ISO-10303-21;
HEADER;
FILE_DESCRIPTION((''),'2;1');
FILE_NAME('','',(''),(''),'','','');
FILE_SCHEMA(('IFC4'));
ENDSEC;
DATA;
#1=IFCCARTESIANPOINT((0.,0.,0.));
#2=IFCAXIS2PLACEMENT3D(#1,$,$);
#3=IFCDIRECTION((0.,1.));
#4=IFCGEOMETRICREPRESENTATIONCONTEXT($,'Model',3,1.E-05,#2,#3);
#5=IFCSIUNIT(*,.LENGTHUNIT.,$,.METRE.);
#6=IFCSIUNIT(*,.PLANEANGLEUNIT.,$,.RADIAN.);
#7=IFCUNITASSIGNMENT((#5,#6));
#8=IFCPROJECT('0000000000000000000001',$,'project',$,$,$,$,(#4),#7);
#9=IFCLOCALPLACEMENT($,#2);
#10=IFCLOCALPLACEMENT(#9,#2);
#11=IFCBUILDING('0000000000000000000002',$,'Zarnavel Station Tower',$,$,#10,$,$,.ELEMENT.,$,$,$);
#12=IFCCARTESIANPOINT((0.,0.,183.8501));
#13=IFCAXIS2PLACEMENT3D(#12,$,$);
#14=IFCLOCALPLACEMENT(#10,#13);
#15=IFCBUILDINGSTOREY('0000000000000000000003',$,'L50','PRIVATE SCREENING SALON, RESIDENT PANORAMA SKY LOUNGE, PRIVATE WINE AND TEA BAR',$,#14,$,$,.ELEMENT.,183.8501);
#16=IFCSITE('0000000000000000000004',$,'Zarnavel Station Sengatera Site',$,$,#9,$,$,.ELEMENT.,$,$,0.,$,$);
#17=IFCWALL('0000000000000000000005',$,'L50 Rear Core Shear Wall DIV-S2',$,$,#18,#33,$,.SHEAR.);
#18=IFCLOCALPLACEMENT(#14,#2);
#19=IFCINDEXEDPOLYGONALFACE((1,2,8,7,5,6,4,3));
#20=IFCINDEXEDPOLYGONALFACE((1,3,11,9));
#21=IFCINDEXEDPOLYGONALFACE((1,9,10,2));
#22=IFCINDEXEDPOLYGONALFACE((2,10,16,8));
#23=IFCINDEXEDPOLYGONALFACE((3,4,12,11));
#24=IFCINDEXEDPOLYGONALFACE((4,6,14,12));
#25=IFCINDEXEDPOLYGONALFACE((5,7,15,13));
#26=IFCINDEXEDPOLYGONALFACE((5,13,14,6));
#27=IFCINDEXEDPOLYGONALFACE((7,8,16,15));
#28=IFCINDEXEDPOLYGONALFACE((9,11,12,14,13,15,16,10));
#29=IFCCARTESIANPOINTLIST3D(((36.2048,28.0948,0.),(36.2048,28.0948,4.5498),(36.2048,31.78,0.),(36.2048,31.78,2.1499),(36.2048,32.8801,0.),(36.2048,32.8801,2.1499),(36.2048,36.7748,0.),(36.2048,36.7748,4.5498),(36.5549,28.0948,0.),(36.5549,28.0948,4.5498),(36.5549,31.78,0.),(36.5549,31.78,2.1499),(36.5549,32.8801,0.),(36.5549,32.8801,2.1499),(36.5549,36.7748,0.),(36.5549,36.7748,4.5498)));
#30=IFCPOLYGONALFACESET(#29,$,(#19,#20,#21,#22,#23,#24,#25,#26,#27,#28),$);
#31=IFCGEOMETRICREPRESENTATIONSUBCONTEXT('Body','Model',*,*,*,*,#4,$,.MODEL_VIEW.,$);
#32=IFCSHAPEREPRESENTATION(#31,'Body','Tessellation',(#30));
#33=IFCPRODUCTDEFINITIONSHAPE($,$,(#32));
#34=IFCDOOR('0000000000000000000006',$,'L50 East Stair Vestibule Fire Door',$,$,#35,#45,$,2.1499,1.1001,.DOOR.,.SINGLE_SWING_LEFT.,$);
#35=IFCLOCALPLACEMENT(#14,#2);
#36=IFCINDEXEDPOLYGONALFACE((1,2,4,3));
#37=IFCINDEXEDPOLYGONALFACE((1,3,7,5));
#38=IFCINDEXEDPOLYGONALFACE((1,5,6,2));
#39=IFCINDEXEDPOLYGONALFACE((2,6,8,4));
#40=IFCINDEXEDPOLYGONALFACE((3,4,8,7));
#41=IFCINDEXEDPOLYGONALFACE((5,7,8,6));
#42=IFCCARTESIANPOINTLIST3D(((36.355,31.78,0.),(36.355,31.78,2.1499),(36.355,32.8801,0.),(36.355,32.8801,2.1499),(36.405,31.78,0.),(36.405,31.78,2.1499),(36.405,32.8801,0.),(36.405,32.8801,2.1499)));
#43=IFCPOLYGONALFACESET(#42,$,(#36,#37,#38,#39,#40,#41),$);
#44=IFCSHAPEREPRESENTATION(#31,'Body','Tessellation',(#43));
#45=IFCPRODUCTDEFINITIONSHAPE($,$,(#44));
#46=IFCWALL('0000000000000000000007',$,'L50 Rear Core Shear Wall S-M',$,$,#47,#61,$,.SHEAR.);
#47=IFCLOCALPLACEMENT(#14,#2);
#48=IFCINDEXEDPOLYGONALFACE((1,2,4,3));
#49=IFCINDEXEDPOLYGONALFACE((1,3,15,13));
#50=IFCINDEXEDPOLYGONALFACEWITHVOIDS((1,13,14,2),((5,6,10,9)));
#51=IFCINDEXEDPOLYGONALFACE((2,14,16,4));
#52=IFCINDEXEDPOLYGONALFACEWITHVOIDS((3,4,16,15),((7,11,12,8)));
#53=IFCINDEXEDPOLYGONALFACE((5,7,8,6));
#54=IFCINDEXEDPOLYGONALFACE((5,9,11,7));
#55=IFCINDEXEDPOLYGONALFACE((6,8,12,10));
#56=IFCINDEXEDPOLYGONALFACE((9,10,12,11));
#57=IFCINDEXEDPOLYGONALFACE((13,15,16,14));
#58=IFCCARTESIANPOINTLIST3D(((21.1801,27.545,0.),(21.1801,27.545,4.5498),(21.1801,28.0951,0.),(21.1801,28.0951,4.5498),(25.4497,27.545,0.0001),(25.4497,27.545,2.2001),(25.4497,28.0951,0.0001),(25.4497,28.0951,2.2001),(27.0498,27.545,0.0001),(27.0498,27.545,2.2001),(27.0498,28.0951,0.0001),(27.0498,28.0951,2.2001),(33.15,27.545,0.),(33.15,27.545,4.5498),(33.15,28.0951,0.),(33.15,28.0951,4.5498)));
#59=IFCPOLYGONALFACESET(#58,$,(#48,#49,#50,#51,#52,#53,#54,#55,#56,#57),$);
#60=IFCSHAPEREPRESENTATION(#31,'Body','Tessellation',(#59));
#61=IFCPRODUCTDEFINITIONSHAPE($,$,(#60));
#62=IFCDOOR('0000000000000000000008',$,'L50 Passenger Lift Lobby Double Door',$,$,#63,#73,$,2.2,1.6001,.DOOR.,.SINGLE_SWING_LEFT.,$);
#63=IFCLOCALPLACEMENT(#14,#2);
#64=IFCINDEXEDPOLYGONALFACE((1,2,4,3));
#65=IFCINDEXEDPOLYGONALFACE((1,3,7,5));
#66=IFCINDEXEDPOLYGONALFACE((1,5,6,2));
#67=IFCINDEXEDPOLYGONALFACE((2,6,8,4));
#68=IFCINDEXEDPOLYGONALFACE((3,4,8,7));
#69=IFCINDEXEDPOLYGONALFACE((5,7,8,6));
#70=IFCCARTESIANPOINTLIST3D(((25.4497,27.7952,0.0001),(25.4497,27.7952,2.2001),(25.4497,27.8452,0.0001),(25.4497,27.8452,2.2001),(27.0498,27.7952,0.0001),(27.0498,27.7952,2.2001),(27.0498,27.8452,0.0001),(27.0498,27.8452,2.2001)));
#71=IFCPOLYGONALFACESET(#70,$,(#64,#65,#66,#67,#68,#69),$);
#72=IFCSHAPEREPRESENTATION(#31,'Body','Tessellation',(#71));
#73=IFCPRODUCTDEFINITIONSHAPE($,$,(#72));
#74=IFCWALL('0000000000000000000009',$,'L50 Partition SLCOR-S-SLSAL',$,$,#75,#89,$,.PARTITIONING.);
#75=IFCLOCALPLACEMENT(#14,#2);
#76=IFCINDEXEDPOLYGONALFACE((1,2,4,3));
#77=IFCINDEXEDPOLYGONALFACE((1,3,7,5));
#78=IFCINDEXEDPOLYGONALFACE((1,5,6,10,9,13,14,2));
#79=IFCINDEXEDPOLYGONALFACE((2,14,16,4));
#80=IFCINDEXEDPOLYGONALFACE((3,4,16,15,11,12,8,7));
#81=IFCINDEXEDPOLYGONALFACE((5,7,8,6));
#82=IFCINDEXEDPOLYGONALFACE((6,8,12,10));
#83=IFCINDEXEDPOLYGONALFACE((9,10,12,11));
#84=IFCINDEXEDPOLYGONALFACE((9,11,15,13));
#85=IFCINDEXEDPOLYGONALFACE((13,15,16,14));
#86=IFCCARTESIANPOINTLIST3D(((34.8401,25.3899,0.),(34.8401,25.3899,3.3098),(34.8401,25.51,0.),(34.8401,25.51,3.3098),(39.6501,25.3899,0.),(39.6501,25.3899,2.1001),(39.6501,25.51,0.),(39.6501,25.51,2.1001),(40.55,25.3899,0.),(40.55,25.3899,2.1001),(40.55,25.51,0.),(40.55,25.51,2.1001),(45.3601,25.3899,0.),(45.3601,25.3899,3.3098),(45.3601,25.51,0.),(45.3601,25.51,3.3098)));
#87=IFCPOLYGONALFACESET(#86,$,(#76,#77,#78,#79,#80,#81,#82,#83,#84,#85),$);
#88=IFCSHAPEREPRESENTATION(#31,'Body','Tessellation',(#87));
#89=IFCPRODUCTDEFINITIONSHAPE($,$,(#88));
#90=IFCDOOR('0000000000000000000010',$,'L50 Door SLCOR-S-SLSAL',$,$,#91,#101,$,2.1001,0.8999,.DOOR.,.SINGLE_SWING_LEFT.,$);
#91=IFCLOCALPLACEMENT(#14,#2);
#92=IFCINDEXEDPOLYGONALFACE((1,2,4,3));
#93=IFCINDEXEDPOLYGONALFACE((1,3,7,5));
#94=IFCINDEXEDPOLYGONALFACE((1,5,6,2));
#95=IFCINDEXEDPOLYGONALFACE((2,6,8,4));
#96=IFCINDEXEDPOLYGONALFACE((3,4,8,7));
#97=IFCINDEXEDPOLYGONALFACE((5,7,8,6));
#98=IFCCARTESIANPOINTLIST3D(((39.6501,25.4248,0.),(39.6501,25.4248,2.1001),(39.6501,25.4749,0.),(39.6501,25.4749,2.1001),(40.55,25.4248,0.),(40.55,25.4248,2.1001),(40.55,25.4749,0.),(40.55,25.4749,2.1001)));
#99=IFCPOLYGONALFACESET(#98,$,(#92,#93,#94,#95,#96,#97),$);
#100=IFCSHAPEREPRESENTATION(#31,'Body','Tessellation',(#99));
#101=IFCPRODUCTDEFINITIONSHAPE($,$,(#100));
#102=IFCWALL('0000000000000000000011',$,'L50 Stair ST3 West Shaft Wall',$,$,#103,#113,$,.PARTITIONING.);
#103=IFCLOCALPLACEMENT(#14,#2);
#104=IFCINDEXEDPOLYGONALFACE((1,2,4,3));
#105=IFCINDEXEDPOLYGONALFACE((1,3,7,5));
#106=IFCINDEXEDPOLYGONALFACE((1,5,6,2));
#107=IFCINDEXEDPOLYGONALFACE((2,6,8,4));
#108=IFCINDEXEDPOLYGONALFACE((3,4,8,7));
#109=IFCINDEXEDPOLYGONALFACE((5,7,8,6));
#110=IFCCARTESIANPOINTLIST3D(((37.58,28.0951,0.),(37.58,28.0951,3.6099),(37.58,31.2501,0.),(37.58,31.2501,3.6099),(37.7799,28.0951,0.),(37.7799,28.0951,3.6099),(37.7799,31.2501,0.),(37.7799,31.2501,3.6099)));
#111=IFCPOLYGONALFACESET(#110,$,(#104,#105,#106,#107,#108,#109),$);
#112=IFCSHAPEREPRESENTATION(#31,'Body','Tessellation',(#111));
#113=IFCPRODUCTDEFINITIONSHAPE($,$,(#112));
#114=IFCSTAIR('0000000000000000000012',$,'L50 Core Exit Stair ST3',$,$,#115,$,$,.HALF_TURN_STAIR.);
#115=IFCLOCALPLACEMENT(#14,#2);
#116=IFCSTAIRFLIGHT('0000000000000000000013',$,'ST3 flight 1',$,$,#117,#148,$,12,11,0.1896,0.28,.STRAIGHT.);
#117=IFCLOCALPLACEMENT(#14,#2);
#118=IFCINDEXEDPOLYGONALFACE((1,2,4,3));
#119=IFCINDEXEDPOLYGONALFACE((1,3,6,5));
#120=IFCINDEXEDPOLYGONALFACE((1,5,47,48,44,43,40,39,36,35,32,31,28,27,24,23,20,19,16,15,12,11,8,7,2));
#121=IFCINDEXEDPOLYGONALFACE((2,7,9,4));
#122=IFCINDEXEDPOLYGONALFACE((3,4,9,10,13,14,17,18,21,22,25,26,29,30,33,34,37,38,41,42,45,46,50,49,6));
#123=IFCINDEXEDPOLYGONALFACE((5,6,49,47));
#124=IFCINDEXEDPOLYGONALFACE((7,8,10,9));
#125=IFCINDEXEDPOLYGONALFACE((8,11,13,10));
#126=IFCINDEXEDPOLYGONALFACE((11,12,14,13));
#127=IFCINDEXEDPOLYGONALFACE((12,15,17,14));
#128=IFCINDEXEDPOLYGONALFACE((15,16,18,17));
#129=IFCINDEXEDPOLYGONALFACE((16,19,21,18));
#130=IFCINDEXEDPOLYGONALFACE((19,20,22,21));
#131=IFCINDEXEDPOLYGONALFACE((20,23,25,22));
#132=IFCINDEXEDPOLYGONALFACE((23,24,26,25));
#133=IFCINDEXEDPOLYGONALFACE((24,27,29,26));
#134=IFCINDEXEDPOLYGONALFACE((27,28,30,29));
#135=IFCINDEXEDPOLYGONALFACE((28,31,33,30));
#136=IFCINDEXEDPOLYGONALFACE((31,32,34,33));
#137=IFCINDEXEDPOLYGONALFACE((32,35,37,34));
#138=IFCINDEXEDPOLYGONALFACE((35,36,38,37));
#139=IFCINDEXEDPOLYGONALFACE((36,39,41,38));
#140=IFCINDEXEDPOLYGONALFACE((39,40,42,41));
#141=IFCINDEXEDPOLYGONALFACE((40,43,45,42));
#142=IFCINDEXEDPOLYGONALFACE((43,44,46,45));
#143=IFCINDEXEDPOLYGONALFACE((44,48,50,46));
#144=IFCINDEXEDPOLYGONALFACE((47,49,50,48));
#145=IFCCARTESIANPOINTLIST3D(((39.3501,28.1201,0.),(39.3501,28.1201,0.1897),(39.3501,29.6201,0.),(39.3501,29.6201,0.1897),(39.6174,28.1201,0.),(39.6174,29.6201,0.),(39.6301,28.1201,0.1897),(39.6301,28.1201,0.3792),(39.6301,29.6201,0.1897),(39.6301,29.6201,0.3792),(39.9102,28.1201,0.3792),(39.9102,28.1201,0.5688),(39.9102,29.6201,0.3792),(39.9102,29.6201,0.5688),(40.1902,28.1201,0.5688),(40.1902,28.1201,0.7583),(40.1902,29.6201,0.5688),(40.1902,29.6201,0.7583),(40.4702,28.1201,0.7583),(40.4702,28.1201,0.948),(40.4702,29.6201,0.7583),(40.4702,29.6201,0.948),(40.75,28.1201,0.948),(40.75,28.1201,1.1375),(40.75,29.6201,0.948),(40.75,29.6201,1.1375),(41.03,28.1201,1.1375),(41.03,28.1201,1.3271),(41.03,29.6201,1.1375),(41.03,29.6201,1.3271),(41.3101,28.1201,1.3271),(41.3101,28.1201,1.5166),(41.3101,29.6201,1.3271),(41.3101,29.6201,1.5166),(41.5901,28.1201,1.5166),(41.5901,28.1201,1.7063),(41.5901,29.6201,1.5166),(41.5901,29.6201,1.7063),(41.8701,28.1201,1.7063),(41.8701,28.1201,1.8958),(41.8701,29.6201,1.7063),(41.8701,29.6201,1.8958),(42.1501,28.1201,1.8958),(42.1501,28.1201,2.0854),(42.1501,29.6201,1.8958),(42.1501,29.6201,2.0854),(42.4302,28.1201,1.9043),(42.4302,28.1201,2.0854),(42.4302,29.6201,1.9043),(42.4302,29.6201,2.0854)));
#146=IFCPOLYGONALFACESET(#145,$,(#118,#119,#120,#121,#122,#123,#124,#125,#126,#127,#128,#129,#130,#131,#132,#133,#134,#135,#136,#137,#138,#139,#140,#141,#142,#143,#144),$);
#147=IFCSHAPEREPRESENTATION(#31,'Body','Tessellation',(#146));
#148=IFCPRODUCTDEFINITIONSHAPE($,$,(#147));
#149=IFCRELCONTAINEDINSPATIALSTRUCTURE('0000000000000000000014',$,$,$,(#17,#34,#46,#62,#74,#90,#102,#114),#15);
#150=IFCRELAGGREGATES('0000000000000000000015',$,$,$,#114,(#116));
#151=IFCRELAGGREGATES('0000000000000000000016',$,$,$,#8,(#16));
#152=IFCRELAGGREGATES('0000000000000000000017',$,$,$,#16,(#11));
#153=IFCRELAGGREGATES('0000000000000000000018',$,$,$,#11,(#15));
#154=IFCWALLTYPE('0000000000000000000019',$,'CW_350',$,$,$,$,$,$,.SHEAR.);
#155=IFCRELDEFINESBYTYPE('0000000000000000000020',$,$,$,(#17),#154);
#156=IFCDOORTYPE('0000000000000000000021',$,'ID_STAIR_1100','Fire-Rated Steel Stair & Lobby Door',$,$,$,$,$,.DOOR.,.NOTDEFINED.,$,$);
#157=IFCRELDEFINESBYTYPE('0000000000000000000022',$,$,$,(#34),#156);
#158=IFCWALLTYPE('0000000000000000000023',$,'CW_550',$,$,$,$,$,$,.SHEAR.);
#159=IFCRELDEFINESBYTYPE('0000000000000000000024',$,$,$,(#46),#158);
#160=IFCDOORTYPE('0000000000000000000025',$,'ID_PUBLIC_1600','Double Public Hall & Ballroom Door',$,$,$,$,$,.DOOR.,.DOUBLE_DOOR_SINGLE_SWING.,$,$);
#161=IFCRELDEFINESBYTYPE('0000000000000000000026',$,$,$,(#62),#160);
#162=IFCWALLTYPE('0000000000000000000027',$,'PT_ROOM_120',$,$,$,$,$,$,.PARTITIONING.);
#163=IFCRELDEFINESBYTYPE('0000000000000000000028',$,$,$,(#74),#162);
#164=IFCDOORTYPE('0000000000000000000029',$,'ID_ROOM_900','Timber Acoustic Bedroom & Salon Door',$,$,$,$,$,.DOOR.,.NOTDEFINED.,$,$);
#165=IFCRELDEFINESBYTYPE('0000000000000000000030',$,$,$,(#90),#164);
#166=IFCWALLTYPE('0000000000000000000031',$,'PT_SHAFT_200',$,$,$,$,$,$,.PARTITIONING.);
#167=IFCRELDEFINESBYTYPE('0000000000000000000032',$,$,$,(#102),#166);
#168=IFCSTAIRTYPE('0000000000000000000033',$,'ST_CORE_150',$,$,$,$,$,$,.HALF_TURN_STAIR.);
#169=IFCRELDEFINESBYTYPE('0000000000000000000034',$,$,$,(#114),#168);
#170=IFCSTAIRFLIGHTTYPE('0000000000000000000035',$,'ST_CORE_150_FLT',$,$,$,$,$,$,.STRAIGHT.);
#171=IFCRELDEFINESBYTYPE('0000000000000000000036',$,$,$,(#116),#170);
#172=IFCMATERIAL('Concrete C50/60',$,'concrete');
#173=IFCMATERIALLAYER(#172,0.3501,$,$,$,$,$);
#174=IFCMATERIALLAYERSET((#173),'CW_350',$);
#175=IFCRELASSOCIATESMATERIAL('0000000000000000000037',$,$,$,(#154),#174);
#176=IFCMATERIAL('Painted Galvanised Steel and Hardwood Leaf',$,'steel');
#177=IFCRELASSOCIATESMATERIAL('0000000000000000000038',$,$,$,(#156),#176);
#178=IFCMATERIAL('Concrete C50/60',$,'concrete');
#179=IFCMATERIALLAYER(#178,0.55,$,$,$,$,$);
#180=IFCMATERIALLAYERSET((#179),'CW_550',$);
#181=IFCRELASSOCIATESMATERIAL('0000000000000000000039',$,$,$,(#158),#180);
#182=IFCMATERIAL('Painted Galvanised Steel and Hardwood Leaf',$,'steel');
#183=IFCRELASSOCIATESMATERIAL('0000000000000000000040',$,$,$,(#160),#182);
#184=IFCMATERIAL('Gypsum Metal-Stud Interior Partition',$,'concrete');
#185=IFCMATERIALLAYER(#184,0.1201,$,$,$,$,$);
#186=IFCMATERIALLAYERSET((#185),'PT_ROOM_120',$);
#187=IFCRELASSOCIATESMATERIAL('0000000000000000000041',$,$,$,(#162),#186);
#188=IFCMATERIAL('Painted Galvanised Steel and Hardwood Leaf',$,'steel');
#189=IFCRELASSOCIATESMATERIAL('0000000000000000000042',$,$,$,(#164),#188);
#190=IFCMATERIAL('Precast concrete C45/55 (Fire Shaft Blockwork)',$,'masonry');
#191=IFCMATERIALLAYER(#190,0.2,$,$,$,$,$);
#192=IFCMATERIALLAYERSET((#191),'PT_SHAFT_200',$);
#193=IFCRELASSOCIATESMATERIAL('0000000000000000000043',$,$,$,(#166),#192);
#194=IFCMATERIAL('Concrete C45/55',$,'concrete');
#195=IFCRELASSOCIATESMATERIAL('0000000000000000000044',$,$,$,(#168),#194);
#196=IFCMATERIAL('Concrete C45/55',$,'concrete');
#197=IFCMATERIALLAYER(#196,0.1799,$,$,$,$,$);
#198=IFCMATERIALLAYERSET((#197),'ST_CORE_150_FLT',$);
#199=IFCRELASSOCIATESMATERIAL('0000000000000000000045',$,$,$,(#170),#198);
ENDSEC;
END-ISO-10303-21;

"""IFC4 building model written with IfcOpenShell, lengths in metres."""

from ifc_helpers import new_model, si_unit, direction, frame, frame_2d, origin, place, context, subcontext, project, spatial, polyline, rectangle, outline, extrude, material, layer, layer_set, type_object, element, fill, aggregate, save


model = new_model("IFC4")

# Units and contexts
model_context = context("Model", 3, precision=1e-05, world=origin(), true_north=direction((0.0, 1.0)))
body_context = subcontext(model_context, "Body", "Model", "MODEL_VIEW")
ifc_project = project(units=[si_unit("LENGTHUNIT", "METRE"), si_unit("PLANEANGLEUNIT", "RADIAN")], contexts=[model_context])

# Site, building, storey
site_placement = place(None, origin())
site = spatial("IfcSite", under=ifc_project, at=site_placement, Name="Zarnavel Station Sengatera Site", CompositionType="ELEMENT", RefElevation=0.0)
building_placement = place(site_placement, origin())
building = spatial("IfcBuilding", under=site, at=building_placement, Name="Zarnavel Station Tower", CompositionType="ELEMENT")
storey_placement = place(building_placement, frame((0.0, 0.0, 183.8501)))
storey = spatial("IfcBuildingStorey", under=building, at=storey_placement, Name="L50", Description="PRIVATE SCREENING SALON, RESIDENT PANORAMA SKY LOUNGE, PRIVATE WINE AND TEA BAR", CompositionType="ELEMENT", Elevation=183.8501)

# Shared definitions
ifc_material_1 = material(Name="Concrete C50/60", Category="concrete")
ifc_layer_1 = layer(ifc_material_1, 0.3501)
ifc_layer_set_1 = layer_set([ifc_layer_1], Name="CW_350")
wall_type_1 = type_object("IfcWallType", Name="CW_350", PredefinedType="SHEAR", material=ifc_layer_set_1)

# Walls, openings, doors
wall_1_placement = place(storey_placement, frame((36.3799, 28.095, 0.0), z_axis=(0.0, 0.0, 1.0), x_axis=(0.0, 1.0, 0.0)))
wall_1 = element("IfcWall", 1, at=wall_1_placement, inside=storey, type_object=wall_type_1, Name="L50 Rear Core Shear Wall DIV-S2", PredefinedType="SHEAR", context=body_context, shape_type="SweptSolid", body=[
    extrude(rectangle(XDim=8.6799, YDim=0.3501, at=frame_2d((4.3398, 0.0))), origin(), (0.0, 0.0, 1.0), 4.5498),
])
opening_1_placement = place(wall_1_placement, frame((3.6851, 0.0, 0.0)))
opening_1 = element("IfcOpeningElement", 2, at=opening_1_placement, cuts=wall_1, PredefinedType="OPENING", context=body_context, shape_type="SweptSolid", body=[
    extrude(rectangle(XDim=1.1001, YDim=2.1499, at=frame_2d((0.55, 1.075))), frame((0.0, 0.1851, 0.0), z_axis=(0.0, -1.0, 0.0), x_axis=(1.0, 0.0, 0.0)), (0.0, 0.0, 1.0), 0.3701),
])
ifc_material_2 = material(Name="Painted Galvanised Steel and Hardwood Leaf", Category="steel")
door_type_1 = type_object("IfcDoorType", Name="ID_STAIR_1100", Description="Fire-Rated Steel Stair & Lobby Door", OperationType="NOTDEFINED", PredefinedType="DOOR", material=ifc_material_2)
door_1_placement = place(opening_1_placement, origin())
door_1 = element("IfcDoor", 3, at=door_1_placement, inside=storey, type_object=door_type_1, Name="L50 East Stair Vestibule Fire Door", OperationType="SINGLE_SWING_LEFT", OverallHeight=2.1499, OverallWidth=1.1001, PredefinedType="DOOR", context=body_context, shape_type="SweptSolid", body=[
    extrude(rectangle(XDim=1.1001, YDim=2.1499, at=frame_2d((0.55, 1.075))), frame((0.0, 0.0249, 0.0), z_axis=(0.0, -1.0, 0.0), x_axis=(1.0, 0.0, 0.0)), (0.0, 0.0, 1.0), 0.05),
])
fill(opening_1, door_1)
ifc_material_3 = material(Name="Concrete C50/60", Category="concrete")
ifc_layer_2 = layer(ifc_material_3, 0.55)
ifc_layer_set_2 = layer_set([ifc_layer_2], Name="CW_550")
wall_type_2 = type_object("IfcWallType", Name="CW_550", PredefinedType="SHEAR", material=ifc_layer_set_2)
wall_2_placement = place(storey_placement, frame((33.1499, 27.8201, 0.0), z_axis=(0.0, 0.0, 1.0), x_axis=(-1.0, 0.0, 0.0)))
wall_2 = element("IfcWall", 4, at=wall_2_placement, inside=storey, type_object=wall_type_2, Name="L50 Rear Core Shear Wall S-M", PredefinedType="SHEAR", context=body_context, shape_type="SweptSolid", body=[
    extrude(rectangle(XDim=11.97, YDim=0.55, at=frame_2d((5.9849, 0.0))), origin(), (0.0, 0.0, 1.0), 4.5498),
])
opening_2_placement = place(wall_2_placement, frame((6.1001, 0.0, 0.0)))
opening_2 = element("IfcOpeningElement", 5, at=opening_2_placement, cuts=wall_2, PredefinedType="OPENING", context=body_context, shape_type="SweptSolid", body=[
    extrude(rectangle(XDim=1.6001, YDim=2.2, at=frame_2d((0.8, 1.1001))), frame((0.0, 0.2849, 0.0), z_axis=(0.0, -1.0, 0.0), x_axis=(1.0, 0.0, 0.0)), (0.0, 0.0, 1.0), 0.5701),
])
ifc_material_4 = material(Name="Painted Galvanised Steel and Hardwood Leaf", Category="steel")
door_type_2 = type_object("IfcDoorType", Name="ID_PUBLIC_1600", Description="Double Public Hall & Ballroom Door", OperationType="DOUBLE_DOOR_SINGLE_SWING", PredefinedType="DOOR", material=ifc_material_4)
door_2_placement = place(opening_2_placement, origin())
door_2 = element("IfcDoor", 6, at=door_2_placement, inside=storey, type_object=door_type_2, Name="L50 Passenger Lift Lobby Double Door", OperationType="SINGLE_SWING_LEFT", OverallHeight=2.2, OverallWidth=1.6001, PredefinedType="DOOR", context=body_context, shape_type="SweptSolid", body=[
    extrude(rectangle(XDim=1.6001, YDim=2.2, at=frame_2d((0.8, 1.1001))), frame((0.0, 0.0249, 0.0), z_axis=(0.0, -1.0, 0.0), x_axis=(1.0, 0.0, 0.0)), (0.0, 0.0, 1.0), 0.05),
])
fill(opening_2, door_2)
ifc_material_5 = material(Name="Gypsum Metal-Stud Interior Partition", Category="concrete")
ifc_layer_3 = layer(ifc_material_5, 0.1201)
ifc_layer_set_3 = layer_set([ifc_layer_3], Name="PT_ROOM_120")
wall_type_3 = type_object("IfcWallType", Name="PT_ROOM_120", PredefinedType="PARTITIONING", material=ifc_layer_set_3)
wall_3_placement = place(storey_placement, frame((34.8401, 25.45, 0.0), z_axis=(0.0, 0.0, 1.0), x_axis=(1.0, 0.0, 0.0)))
wall_3 = element("IfcWall", 7, at=wall_3_placement, inside=storey, type_object=wall_type_3, Name="L50 Partition SLCOR-S-SLSAL", PredefinedType="PARTITIONING", context=body_context, shape_type="SweptSolid", body=[
    extrude(rectangle(XDim=10.52, YDim=0.1201, at=frame_2d((5.26, 0.0))), origin(), (0.0, 0.0, 1.0), 3.3098),
])
opening_3_placement = place(wall_3_placement, frame((4.8101, 0.0, 0.0)))
opening_3 = element("IfcOpeningElement", 8, at=opening_3_placement, cuts=wall_3, PredefinedType="OPENING", context=body_context, shape_type="SweptSolid", body=[
    extrude(rectangle(XDim=0.8999, YDim=2.1001, at=frame_2d((0.45, 1.05))), frame((0.0, 0.0701, 0.0), z_axis=(0.0, -1.0, 0.0), x_axis=(1.0, 0.0, 0.0)), (0.0, 0.0, 1.0), 0.1401),
])
ifc_material_6 = material(Name="Painted Galvanised Steel and Hardwood Leaf", Category="steel")
door_type_3 = type_object("IfcDoorType", Name="ID_ROOM_900", Description="Timber Acoustic Bedroom & Salon Door", OperationType="NOTDEFINED", PredefinedType="DOOR", material=ifc_material_6)
door_3_placement = place(opening_3_placement, origin())
door_3 = element("IfcDoor", 9, at=door_3_placement, inside=storey, type_object=door_type_3, Name="L50 Door SLCOR-S-SLSAL", OperationType="SINGLE_SWING_LEFT", OverallHeight=2.1001, OverallWidth=0.8999, PredefinedType="DOOR", context=body_context, shape_type="SweptSolid", body=[
    extrude(rectangle(XDim=0.8999, YDim=2.1001, at=frame_2d((0.45, 1.05))), frame((0.0, 0.0249, 0.0), z_axis=(0.0, -1.0, 0.0), x_axis=(1.0, 0.0, 0.0)), (0.0, 0.0, 1.0), 0.05),
])
fill(opening_3, door_3)
ifc_material_7 = material(Name="Precast concrete C45/55 (Fire Shaft Blockwork)", Category="masonry")
ifc_layer_4 = layer(ifc_material_7, 0.2)
ifc_layer_set_4 = layer_set([ifc_layer_4], Name="PT_SHAFT_200")
wall_type_4 = type_object("IfcWallType", Name="PT_SHAFT_200", PredefinedType="PARTITIONING", material=ifc_layer_set_4)

# Wall
wall_4_placement = place(storey_placement, frame((37.6799, 28.095, 0.0), z_axis=(0.0, 0.0, 1.0), x_axis=(0.0, 1.0, 0.0)))
element("IfcWall", 10, at=wall_4_placement, inside=storey, type_object=wall_type_4, Name="L50 Stair ST3 West Shaft Wall", PredefinedType="PARTITIONING", context=body_context, shape_type="SweptSolid", body=[
    extrude(rectangle(XDim=3.155, YDim=0.2, at=frame_2d((1.5776, 0.0))), origin(), (0.0, 0.0, 1.0), 3.6099),
])

# Stair, stair flight
ifc_material_8 = material(Name="Concrete C45/55", Category="concrete")
stair_type = type_object("IfcStairType", Name="ST_CORE_150", PredefinedType="HALF_TURN_STAIR", material=ifc_material_8)
stair_placement = place(storey_placement, origin())
stair = element("IfcStair", 11, at=stair_placement, inside=storey, type_object=stair_type, Name="L50 Core Exit Stair ST3", PredefinedType="HALF_TURN_STAIR")
ifc_material_9 = material(Name="Concrete C45/55", Category="concrete")
ifc_layer_5 = layer(ifc_material_9, 0.1799)
ifc_layer_set_5 = layer_set([ifc_layer_5], Name="ST_CORE_150_FLT")
stair_flight_type = type_object("IfcStairFlightType", Name="ST_CORE_150_FLT", PredefinedType="STRAIGHT", material=ifc_layer_set_5)
stair_flight_placement = place(storey_placement, frame((39.3501, 28.8701, 0.0), z_axis=(0.0, 0.0, 1.0), x_axis=(1.0, 0.0, 0.0)))
stair_flight = element("IfcStairFlight", 12, at=stair_flight_placement, type_object=stair_flight_type, Name="ST3 flight 1", NumberOfRisers=12, NumberOfTreads=11, PredefinedType="STRAIGHT", RiserHeight=0.1896, TreadLength=0.28, context=body_context, shape_type="SweptSolid", body=[
    extrude(outline(polyline([(0.0, 0.0), (0.0, 0.1897), (0.28, 0.1897), (0.28, 0.3792), (0.5601, 0.3792), (0.5601, 0.5688), (0.8401, 0.5688), (0.8401, 0.7583), (1.1201, 0.7583), (1.1201, 0.948), (1.3999, 0.948), (1.3999, 1.1375), (1.6799, 1.1375), (1.6799, 1.3271), (1.96, 1.3271), (1.96, 1.5166), (2.24, 1.5166), (2.24, 1.7063), (2.52, 1.7063), (2.52, 1.8958), (2.8, 1.8958), (2.8, 2.0854), (3.0801, 2.0854), (3.0801, 2.2749), (3.0801, 1.9043), (0.2673, 0.0), (0.0, 0.0)])), frame((0.0, 0.75, 0.0), z_axis=(0.0, -1.0, 0.0), x_axis=(1.0, 0.0, 0.0)), (0.0, 0.0, 1.0), 1.5),
])
aggregate(stair, [stair_flight])

save(model, "model.ifc")
